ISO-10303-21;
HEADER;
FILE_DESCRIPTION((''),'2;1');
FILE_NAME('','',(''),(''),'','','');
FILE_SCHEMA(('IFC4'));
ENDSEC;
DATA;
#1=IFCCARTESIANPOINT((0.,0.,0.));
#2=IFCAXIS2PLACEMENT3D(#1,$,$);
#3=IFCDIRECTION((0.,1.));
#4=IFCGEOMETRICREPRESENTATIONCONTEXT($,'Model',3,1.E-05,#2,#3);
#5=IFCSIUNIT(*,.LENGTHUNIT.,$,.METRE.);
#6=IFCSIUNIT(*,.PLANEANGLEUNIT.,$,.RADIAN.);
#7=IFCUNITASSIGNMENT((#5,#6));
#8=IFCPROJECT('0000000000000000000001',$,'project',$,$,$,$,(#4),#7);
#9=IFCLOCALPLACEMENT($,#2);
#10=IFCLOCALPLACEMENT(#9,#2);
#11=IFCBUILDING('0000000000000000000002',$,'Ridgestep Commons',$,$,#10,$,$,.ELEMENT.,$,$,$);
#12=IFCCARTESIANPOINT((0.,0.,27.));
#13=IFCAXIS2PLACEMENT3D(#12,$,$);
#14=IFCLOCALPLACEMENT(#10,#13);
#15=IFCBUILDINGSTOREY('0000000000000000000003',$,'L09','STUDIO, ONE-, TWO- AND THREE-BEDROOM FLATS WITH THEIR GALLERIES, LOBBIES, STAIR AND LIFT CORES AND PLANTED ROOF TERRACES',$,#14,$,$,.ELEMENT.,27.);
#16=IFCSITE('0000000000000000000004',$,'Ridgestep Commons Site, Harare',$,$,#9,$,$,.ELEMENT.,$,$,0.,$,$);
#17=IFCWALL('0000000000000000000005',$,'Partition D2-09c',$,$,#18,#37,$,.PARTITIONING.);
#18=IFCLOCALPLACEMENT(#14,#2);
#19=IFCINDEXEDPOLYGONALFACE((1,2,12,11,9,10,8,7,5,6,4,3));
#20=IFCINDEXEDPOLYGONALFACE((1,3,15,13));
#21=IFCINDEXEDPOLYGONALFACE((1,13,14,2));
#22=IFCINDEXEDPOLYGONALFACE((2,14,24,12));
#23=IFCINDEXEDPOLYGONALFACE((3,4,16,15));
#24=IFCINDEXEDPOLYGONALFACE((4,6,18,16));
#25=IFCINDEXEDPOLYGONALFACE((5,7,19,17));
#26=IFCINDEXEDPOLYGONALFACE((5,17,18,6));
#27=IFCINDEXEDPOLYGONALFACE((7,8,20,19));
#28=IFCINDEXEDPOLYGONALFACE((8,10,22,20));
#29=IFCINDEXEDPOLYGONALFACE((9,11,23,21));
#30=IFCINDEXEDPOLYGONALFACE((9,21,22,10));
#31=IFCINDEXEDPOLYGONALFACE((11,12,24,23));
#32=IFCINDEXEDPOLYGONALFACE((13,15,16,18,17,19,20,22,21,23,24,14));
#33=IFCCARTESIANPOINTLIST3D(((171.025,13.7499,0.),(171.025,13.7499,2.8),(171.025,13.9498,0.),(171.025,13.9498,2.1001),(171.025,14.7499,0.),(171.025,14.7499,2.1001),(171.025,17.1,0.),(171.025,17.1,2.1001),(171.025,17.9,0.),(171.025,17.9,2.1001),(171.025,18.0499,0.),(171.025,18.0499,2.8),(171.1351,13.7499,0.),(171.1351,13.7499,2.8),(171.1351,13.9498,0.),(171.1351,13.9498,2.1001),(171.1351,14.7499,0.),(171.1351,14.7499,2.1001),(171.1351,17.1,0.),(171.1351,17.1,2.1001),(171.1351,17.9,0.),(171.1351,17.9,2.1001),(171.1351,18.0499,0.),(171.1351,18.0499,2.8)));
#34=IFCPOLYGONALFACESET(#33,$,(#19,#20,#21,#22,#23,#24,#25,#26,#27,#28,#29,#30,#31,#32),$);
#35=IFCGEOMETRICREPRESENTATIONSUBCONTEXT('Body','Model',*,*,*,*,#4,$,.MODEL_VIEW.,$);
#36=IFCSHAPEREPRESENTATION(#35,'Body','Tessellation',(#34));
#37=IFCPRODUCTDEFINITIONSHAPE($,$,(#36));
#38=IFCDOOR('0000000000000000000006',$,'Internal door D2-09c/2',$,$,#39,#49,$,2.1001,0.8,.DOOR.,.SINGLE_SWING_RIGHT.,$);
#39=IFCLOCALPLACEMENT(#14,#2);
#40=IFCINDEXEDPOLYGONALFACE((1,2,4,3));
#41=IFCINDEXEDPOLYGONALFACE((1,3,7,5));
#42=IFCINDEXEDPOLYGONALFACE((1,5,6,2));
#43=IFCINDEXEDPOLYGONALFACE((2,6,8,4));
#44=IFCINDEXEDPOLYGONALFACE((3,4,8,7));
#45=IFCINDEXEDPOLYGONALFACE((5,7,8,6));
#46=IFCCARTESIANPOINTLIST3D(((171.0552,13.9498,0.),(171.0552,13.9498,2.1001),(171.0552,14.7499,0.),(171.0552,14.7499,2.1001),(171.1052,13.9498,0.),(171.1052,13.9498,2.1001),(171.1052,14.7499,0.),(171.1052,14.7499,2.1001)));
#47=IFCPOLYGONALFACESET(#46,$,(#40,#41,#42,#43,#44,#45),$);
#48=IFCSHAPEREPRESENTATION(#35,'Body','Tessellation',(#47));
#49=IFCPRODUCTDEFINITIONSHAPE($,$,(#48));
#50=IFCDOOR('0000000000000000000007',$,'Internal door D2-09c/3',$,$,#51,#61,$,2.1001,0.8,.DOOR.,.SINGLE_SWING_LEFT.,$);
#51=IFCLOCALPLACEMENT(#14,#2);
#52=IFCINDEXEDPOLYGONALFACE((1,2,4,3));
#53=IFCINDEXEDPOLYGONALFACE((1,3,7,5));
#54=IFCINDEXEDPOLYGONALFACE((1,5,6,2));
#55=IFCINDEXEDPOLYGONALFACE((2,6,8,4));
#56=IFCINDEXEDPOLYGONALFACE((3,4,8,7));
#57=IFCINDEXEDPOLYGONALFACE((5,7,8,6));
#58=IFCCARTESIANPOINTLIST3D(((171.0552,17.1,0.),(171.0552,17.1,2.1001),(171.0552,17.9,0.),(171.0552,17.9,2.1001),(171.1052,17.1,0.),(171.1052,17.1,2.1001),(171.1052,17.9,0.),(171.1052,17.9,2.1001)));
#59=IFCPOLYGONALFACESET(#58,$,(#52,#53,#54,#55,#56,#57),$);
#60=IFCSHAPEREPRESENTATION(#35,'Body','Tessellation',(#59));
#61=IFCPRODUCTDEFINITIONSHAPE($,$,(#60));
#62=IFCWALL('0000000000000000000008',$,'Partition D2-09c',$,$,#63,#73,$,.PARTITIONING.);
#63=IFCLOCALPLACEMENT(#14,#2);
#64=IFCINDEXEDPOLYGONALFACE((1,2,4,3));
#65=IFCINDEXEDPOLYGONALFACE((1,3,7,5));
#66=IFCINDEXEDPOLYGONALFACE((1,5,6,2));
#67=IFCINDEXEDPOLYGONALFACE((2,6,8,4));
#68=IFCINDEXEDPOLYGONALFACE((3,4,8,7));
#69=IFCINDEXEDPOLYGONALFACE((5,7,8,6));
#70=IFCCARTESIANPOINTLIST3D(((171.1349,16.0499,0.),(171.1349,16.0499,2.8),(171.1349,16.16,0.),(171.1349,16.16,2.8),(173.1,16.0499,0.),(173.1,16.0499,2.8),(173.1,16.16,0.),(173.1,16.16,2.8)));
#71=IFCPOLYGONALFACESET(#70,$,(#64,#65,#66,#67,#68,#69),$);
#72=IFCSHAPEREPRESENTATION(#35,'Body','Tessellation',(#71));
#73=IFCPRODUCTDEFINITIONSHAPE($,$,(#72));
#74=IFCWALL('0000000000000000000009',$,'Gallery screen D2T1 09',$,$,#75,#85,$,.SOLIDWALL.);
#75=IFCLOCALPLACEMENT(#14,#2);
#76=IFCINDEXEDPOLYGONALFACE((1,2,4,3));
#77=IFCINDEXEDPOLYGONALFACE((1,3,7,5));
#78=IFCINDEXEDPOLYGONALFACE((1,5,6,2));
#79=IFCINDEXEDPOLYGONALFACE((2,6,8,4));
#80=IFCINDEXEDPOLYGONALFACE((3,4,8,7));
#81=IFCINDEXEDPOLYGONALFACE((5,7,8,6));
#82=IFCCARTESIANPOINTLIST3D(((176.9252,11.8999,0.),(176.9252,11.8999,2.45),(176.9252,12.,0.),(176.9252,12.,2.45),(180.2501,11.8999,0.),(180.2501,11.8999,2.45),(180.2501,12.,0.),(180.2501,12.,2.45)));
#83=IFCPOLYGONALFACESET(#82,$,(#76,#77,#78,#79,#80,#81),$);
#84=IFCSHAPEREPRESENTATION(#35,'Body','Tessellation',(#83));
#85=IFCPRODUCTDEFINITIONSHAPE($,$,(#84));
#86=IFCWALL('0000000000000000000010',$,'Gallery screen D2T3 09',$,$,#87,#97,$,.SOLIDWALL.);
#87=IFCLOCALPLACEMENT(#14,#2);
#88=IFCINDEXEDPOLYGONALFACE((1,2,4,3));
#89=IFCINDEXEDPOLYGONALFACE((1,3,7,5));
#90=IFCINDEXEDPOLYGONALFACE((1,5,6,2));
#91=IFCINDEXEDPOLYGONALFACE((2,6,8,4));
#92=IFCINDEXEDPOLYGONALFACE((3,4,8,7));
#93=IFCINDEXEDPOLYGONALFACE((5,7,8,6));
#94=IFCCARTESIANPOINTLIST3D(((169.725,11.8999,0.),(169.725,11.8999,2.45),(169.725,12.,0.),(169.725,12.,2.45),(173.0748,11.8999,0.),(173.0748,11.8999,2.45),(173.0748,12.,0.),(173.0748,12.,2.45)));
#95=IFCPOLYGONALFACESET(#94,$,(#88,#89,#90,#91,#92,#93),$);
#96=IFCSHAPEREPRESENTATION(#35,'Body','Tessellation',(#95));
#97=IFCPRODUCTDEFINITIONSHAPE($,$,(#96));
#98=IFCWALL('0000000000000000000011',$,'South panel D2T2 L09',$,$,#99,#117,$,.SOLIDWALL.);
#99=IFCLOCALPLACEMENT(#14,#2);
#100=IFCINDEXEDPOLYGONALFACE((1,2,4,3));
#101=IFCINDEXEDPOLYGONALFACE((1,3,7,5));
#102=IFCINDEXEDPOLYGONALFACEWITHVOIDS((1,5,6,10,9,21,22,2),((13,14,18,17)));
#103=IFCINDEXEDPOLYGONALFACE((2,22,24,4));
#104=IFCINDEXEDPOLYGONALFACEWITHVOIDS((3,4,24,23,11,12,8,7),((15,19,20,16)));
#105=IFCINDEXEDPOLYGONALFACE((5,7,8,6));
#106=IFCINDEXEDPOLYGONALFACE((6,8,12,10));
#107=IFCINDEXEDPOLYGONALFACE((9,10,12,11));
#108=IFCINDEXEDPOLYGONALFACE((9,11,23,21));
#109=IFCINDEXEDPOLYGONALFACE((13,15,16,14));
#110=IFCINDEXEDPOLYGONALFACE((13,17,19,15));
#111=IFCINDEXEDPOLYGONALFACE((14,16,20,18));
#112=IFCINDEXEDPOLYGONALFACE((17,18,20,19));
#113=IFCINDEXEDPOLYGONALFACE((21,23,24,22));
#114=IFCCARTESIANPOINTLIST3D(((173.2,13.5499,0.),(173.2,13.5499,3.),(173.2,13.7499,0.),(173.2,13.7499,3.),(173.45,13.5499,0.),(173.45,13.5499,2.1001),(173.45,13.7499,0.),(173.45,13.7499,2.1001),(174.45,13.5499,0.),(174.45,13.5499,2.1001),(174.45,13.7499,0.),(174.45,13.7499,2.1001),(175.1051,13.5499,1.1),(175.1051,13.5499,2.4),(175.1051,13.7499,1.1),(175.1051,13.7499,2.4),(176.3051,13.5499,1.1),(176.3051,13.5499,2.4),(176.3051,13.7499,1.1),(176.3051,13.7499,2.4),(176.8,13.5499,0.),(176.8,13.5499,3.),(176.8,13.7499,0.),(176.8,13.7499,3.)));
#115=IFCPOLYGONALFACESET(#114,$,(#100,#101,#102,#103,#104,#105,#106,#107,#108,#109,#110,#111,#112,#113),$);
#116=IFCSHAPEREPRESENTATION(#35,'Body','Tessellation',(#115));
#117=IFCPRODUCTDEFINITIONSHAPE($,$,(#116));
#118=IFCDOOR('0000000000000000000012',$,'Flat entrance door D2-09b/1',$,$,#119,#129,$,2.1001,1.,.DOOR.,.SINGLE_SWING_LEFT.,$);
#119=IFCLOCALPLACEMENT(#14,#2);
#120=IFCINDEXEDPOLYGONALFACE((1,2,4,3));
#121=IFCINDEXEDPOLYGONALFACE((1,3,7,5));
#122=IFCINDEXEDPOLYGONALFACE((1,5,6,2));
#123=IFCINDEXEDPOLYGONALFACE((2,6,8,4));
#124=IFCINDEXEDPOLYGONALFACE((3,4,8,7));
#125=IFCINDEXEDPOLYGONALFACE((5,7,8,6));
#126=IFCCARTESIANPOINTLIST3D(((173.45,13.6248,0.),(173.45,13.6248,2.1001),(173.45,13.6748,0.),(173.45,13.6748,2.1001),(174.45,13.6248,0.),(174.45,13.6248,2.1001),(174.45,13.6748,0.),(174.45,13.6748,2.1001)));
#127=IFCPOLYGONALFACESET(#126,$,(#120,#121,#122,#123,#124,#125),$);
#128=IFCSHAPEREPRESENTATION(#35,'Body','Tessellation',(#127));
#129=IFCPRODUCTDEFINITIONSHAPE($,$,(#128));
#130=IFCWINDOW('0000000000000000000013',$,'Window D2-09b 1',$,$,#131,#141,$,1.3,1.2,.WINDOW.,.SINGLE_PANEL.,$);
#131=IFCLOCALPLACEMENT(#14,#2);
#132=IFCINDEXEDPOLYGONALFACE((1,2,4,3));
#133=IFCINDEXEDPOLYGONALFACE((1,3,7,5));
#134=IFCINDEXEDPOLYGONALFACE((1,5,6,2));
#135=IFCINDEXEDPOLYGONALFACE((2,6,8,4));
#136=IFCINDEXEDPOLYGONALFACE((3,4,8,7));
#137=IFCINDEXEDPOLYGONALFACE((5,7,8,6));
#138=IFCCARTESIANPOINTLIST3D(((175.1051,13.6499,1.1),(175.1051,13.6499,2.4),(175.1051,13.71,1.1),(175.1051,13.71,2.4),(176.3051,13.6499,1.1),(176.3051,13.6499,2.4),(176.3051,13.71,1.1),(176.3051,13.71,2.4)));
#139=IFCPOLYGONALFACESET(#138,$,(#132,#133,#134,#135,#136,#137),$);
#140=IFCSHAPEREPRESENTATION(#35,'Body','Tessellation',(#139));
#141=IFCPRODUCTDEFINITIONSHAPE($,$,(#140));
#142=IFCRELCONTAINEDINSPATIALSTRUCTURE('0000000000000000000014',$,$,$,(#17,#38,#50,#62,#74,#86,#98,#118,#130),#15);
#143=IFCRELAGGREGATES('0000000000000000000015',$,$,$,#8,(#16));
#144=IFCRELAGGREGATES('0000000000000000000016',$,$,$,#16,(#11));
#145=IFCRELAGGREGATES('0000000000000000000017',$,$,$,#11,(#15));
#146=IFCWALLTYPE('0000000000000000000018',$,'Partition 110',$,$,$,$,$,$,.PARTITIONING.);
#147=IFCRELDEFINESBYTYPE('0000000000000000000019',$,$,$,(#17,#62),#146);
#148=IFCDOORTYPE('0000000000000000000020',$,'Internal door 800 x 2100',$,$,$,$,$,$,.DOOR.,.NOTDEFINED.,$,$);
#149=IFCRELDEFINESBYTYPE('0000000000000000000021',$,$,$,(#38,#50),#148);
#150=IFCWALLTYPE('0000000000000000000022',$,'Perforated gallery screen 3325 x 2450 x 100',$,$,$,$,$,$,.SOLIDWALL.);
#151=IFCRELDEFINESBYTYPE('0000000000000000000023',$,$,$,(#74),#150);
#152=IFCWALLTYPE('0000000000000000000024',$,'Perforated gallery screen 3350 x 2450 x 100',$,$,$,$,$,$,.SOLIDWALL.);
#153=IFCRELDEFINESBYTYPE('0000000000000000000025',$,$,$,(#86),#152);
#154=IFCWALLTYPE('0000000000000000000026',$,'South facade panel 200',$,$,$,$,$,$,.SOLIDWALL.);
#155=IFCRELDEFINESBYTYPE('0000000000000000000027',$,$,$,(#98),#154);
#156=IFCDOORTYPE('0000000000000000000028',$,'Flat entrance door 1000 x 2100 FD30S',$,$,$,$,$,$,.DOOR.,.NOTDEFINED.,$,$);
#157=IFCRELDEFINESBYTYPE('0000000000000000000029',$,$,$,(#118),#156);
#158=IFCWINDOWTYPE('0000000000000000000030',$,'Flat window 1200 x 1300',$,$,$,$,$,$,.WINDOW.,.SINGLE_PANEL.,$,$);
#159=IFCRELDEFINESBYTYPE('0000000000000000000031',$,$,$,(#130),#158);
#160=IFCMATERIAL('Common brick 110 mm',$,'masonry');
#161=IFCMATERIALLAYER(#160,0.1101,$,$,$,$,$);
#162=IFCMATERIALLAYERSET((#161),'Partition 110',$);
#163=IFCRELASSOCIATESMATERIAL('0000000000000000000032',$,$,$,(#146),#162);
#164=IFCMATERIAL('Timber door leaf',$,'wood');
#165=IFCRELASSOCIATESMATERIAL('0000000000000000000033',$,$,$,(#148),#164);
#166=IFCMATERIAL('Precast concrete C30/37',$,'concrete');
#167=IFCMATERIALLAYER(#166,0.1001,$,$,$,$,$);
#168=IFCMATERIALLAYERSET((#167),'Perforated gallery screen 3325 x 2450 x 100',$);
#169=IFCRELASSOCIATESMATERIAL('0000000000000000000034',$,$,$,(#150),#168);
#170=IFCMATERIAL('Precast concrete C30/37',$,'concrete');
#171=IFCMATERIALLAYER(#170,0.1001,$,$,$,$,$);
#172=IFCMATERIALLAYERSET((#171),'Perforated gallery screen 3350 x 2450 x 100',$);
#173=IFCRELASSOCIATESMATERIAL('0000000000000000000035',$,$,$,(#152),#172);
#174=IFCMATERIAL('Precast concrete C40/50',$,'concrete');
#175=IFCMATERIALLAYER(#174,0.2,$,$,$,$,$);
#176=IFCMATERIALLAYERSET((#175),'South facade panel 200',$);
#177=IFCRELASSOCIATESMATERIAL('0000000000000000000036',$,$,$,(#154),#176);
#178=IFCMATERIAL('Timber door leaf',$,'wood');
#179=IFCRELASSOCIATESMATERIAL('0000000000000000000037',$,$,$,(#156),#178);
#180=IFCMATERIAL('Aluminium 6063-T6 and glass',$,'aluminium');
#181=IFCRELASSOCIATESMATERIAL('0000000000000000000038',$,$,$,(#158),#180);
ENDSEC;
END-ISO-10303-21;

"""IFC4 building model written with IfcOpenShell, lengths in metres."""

from ifc_helpers import new_model, si_unit, direction, frame, frame_2d, origin, place, context, subcontext, project, spatial, rectangle, extrude, material, layer, layer_set, type_object, element, fill, save


model = new_model("IFC4")

# Units and contexts
model_context = context("Model", 3, precision=1e-05, world=origin(), true_north=direction((0.0, 1.0)))
body_context = subcontext(model_context, "Body", "Model", "MODEL_VIEW")
ifc_project = project(units=[si_unit("LENGTHUNIT", "METRE"), si_unit("PLANEANGLEUNIT", "RADIAN")], contexts=[model_context])

# Site, building, storey
site_placement = place(None, origin())
site = spatial("IfcSite", under=ifc_project, at=site_placement, Name="Ridgestep Commons Site, Harare", CompositionType="ELEMENT", RefElevation=0.0)
building_placement = place(site_placement, origin())
building = spatial("IfcBuilding", under=site, at=building_placement, Name="Ridgestep Commons", CompositionType="ELEMENT")
storey_placement = place(building_placement, frame((0.0, 0.0, 27.0)))
storey = spatial("IfcBuildingStorey", under=building, at=storey_placement, Name="L09", Description="STUDIO, ONE-, TWO- AND THREE-BEDROOM FLATS WITH THEIR GALLERIES, LOBBIES, STAIR AND LIFT CORES AND PLANTED ROOF TERRACES", CompositionType="ELEMENT", Elevation=27.0)

# Shared definitions
ifc_material_1 = material(Name="Common brick 110 mm", Category="masonry")
ifc_layer_1 = layer(ifc_material_1, 0.1101)
ifc_layer_set_1 = layer_set([ifc_layer_1], Name="Partition 110")
wall_type_1 = type_object("IfcWallType", Name="Partition 110", PredefinedType="PARTITIONING", material=ifc_layer_set_1)

# Shared definitions
ifc_material_2 = material(Name="Timber door leaf", Category="wood")
door_type_1 = type_object("IfcDoorType", Name="Internal door 800 x 2100", OperationType="NOTDEFINED", PredefinedType="DOOR", material=ifc_material_2)

# Wall, openings, doors
wall_1_placement = place(storey_placement, frame((171.0801, 13.75, 0.0), z_axis=(0.0, 0.0, 1.0), x_axis=(0.0, 1.0, 0.0)))
wall_1 = element("IfcWall", 1, at=wall_1_placement, inside=storey, type_object=wall_type_1, Name="Partition D2-09c", PredefinedType="PARTITIONING", context=body_context, shape_type="SweptSolid", body=[
    extrude(rectangle(XDim=4.3, YDim=0.1101, at=frame_2d((2.1499, 0.0))), origin(), (0.0, 0.0, 1.0), 2.8),
])
opening_1_placement = place(wall_1_placement, frame((0.2, 0.0, 0.0)))
opening_1 = element("IfcOpeningElement", 2, at=opening_1_placement, cuts=wall_1, PredefinedType="OPENING", context=body_context, shape_type="SweptSolid", body=[
    extrude(rectangle(XDim=0.8, YDim=2.1001, at=frame_2d((0.3999, 1.05))), frame((0.0, 0.0649, 0.0), z_axis=(0.0, -1.0, 0.0), x_axis=(1.0, 0.0, 0.0)), (0.0, 0.0, 1.0), 0.1301),
])
opening_2_placement = place(wall_1_placement, frame((3.3501, 0.0, 0.0)))
opening_2 = element("IfcOpeningElement", 3, at=opening_2_placement, cuts=wall_1, PredefinedType="OPENING", context=body_context, shape_type="SweptSolid", body=[
    extrude(rectangle(XDim=0.8, YDim=2.1001, at=frame_2d((0.3999, 1.05))), frame((0.0, 0.0649, 0.0), z_axis=(0.0, -1.0, 0.0), x_axis=(1.0, 0.0, 0.0)), (0.0, 0.0, 1.0), 0.1301),
])
door_1_placement = place(opening_1_placement, origin())
door_1 = element("IfcDoor", 4, at=door_1_placement, inside=storey, type_object=door_type_1, Name="Internal door D2-09c/2", OperationType="SINGLE_SWING_RIGHT", OverallHeight=2.1001, OverallWidth=0.8, PredefinedType="DOOR", context=body_context, shape_type="SweptSolid", body=[
    extrude(rectangle(XDim=0.8, YDim=2.1001, at=frame_2d((0.3999, 1.05))), frame((0.0, 0.0249, 0.0), z_axis=(0.0, -1.0, 0.0), x_axis=(1.0, 0.0, 0.0)), (0.0, 0.0, 1.0), 0.05),
])
fill(opening_1, door_1)
door_2_placement = place(opening_2_placement, origin())
door_2 = element("IfcDoor", 5, at=door_2_placement, inside=storey, type_object=door_type_1, Name="Internal door D2-09c/3", OperationType="SINGLE_SWING_LEFT", OverallHeight=2.1001, OverallWidth=0.8, PredefinedType="DOOR", context=body_context, shape_type="SweptSolid", body=[
    extrude(rectangle(XDim=0.8, YDim=2.1001, at=frame_2d((0.3999, 1.05))), frame((0.0, 0.0249, 0.0), z_axis=(0.0, -1.0, 0.0), x_axis=(1.0, 0.0, 0.0)), (0.0, 0.0, 1.0), 0.05),
])
fill(opening_2, door_2)

# Walls
wall_2_placement = place(storey_placement, frame((171.135, 16.105, 0.0), z_axis=(0.0, 0.0, 1.0), x_axis=(1.0, 0.0, 0.0)))
element("IfcWall", 6, at=wall_2_placement, inside=storey, type_object=wall_type_1, Name="Partition D2-09c", PredefinedType="PARTITIONING", context=body_context, shape_type="SweptSolid", body=[
    extrude(rectangle(XDim=1.9651, YDim=0.1101, at=frame_2d((0.9824, 0.0))), origin(), (0.0, 0.0, 1.0), 2.8),
])
ifc_material_3 = material(Name="Precast concrete C30/37", Category="concrete")
ifc_layer_2 = layer(ifc_material_3, 0.1001)
ifc_layer_set_2 = layer_set([ifc_layer_2], Name="Perforated gallery screen 3325 x 2450 x 100")
wall_type_2 = type_object("IfcWallType", Name="Perforated gallery screen 3325 x 2450 x 100", PredefinedType="SOLIDWALL", material=ifc_layer_set_2)
wall_3_placement = place(storey_placement, frame((176.925, 11.95, 0.0), z_axis=(0.0, 0.0, 1.0), x_axis=(1.0, 0.0, 0.0)))
element("IfcWall", 7, at=wall_3_placement, inside=storey, type_object=wall_type_2, Name="Gallery screen D2T1 09", PredefinedType="SOLIDWALL", context=body_context, shape_type="SweptSolid", body=[
    extrude(rectangle(XDim=3.325, YDim=0.1001, at=frame_2d((1.6626, 0.0))), origin(), (0.0, 0.0, 1.0), 2.45),
])
ifc_material_4 = material(Name="Precast concrete C30/37", Category="concrete")
ifc_layer_3 = layer(ifc_material_4, 0.1001)
ifc_layer_set_3 = layer_set([ifc_layer_3], Name="Perforated gallery screen 3350 x 2450 x 100")
wall_type_3 = type_object("IfcWallType", Name="Perforated gallery screen 3350 x 2450 x 100", PredefinedType="SOLIDWALL", material=ifc_layer_set_3)
wall_4_placement = place(storey_placement, frame((169.7251, 11.95, 0.0), z_axis=(0.0, 0.0, 1.0), x_axis=(1.0, 0.0, 0.0)))
element("IfcWall", 8, at=wall_4_placement, inside=storey, type_object=wall_type_3, Name="Gallery screen D2T3 09", PredefinedType="SOLIDWALL", context=body_context, shape_type="SweptSolid", body=[
    extrude(rectangle(XDim=3.3499, YDim=0.1001, at=frame_2d((1.6748, 0.0))), origin(), (0.0, 0.0, 1.0), 2.45),
])

# Wall, openings, door, window
ifc_material_5 = material(Name="Precast concrete C40/50", Category="concrete")
ifc_layer_4 = layer(ifc_material_5, 0.2)
ifc_layer_set_4 = layer_set([ifc_layer_4], Name="South facade panel 200")
wall_type_4 = type_object("IfcWallType", Name="South facade panel 200", PredefinedType="SOLIDWALL", material=ifc_layer_set_4)
wall_5_placement = place(storey_placement, frame((173.2, 13.6499, 0.0), z_axis=(0.0, 0.0, 1.0), x_axis=(1.0, 0.0, 0.0)))
wall_5 = element("IfcWall", 9, at=wall_5_placement, inside=storey, type_object=wall_type_4, Name="South panel D2T2 L09", PredefinedType="SOLIDWALL", context=body_context, shape_type="SweptSolid", body=[
    extrude(rectangle(XDim=3.6001, YDim=0.2, at=frame_2d((1.8, 0.0))), origin(), (0.0, 0.0, 1.0), 3.0),
])
opening_3_placement = place(wall_5_placement, frame((1.905, 0.0, 1.1001)))
opening_3 = element("IfcOpeningElement", 10, at=opening_3_placement, cuts=wall_5, PredefinedType="OPENING", context=body_context, shape_type="SweptSolid", body=[
    extrude(rectangle(XDim=1.2, YDim=1.3, at=frame_2d((0.6001, 0.6499))), frame((0.0, 0.1099, 0.0), z_axis=(0.0, -1.0, 0.0), x_axis=(1.0, 0.0, 0.0)), (0.0, 0.0, 1.0), 0.22),
])
opening_4_placement = place(wall_5_placement, frame((0.25, 0.0, 0.0)))
opening_4 = element("IfcOpeningElement", 11, at=opening_4_placement, cuts=wall_5, PredefinedType="OPENING", context=body_context, shape_type="SweptSolid", body=[
    extrude(rectangle(XDim=1.0, YDim=2.1001, at=frame_2d((0.5, 1.05))), frame((0.0, 0.1099, 0.0), z_axis=(0.0, -1.0, 0.0), x_axis=(1.0, 0.0, 0.0)), (0.0, 0.0, 1.0), 0.22),
])
ifc_material_6 = material(Name="Timber door leaf", Category="wood")
door_type_2 = type_object("IfcDoorType", Name="Flat entrance door 1000 x 2100 FD30S", OperationType="NOTDEFINED", PredefinedType="DOOR", material=ifc_material_6)
door_3_placement = place(opening_4_placement, origin())
door_3 = element("IfcDoor", 12, at=door_3_placement, inside=storey, type_object=door_type_2, Name="Flat entrance door D2-09b/1", OperationType="SINGLE_SWING_LEFT", OverallHeight=2.1001, OverallWidth=1.0, PredefinedType="DOOR", context=body_context, shape_type="SweptSolid", body=[
    extrude(rectangle(XDim=1.0, YDim=2.1001, at=frame_2d((0.5, 1.05))), frame((0.0, 0.0249, 0.0), z_axis=(0.0, -1.0, 0.0), x_axis=(1.0, 0.0, 0.0)), (0.0, 0.0, 1.0), 0.05),
])
fill(opening_4, door_3)
ifc_material_7 = material(Name="Aluminium 6063-T6 and glass", Category="aluminium")
window_type = type_object("IfcWindowType", Name="Flat window 1200 x 1300", PartitioningType="SINGLE_PANEL", PredefinedType="WINDOW", material=ifc_material_7)
window_1_placement = place(opening_3_placement, origin())
window_1 = element("IfcWindow", 13, at=window_1_placement, inside=storey, type_object=window_type, Name="Window D2-09b 1", OverallHeight=1.3, OverallWidth=1.2, PartitioningType="SINGLE_PANEL", PredefinedType="WINDOW", context=body_context, shape_type="SweptSolid", body=[
    extrude(rectangle(XDim=1.2, YDim=1.3, at=frame_2d((0.6001, 0.6499))), frame((0.0, 0.0601, 0.0), z_axis=(0.0, -1.0, 0.0), x_axis=(1.0, 0.0, 0.0)), (0.0, 0.0, 1.0), 0.0601),
])
fill(opening_3, window_1)

save(model, "model.ifc")
